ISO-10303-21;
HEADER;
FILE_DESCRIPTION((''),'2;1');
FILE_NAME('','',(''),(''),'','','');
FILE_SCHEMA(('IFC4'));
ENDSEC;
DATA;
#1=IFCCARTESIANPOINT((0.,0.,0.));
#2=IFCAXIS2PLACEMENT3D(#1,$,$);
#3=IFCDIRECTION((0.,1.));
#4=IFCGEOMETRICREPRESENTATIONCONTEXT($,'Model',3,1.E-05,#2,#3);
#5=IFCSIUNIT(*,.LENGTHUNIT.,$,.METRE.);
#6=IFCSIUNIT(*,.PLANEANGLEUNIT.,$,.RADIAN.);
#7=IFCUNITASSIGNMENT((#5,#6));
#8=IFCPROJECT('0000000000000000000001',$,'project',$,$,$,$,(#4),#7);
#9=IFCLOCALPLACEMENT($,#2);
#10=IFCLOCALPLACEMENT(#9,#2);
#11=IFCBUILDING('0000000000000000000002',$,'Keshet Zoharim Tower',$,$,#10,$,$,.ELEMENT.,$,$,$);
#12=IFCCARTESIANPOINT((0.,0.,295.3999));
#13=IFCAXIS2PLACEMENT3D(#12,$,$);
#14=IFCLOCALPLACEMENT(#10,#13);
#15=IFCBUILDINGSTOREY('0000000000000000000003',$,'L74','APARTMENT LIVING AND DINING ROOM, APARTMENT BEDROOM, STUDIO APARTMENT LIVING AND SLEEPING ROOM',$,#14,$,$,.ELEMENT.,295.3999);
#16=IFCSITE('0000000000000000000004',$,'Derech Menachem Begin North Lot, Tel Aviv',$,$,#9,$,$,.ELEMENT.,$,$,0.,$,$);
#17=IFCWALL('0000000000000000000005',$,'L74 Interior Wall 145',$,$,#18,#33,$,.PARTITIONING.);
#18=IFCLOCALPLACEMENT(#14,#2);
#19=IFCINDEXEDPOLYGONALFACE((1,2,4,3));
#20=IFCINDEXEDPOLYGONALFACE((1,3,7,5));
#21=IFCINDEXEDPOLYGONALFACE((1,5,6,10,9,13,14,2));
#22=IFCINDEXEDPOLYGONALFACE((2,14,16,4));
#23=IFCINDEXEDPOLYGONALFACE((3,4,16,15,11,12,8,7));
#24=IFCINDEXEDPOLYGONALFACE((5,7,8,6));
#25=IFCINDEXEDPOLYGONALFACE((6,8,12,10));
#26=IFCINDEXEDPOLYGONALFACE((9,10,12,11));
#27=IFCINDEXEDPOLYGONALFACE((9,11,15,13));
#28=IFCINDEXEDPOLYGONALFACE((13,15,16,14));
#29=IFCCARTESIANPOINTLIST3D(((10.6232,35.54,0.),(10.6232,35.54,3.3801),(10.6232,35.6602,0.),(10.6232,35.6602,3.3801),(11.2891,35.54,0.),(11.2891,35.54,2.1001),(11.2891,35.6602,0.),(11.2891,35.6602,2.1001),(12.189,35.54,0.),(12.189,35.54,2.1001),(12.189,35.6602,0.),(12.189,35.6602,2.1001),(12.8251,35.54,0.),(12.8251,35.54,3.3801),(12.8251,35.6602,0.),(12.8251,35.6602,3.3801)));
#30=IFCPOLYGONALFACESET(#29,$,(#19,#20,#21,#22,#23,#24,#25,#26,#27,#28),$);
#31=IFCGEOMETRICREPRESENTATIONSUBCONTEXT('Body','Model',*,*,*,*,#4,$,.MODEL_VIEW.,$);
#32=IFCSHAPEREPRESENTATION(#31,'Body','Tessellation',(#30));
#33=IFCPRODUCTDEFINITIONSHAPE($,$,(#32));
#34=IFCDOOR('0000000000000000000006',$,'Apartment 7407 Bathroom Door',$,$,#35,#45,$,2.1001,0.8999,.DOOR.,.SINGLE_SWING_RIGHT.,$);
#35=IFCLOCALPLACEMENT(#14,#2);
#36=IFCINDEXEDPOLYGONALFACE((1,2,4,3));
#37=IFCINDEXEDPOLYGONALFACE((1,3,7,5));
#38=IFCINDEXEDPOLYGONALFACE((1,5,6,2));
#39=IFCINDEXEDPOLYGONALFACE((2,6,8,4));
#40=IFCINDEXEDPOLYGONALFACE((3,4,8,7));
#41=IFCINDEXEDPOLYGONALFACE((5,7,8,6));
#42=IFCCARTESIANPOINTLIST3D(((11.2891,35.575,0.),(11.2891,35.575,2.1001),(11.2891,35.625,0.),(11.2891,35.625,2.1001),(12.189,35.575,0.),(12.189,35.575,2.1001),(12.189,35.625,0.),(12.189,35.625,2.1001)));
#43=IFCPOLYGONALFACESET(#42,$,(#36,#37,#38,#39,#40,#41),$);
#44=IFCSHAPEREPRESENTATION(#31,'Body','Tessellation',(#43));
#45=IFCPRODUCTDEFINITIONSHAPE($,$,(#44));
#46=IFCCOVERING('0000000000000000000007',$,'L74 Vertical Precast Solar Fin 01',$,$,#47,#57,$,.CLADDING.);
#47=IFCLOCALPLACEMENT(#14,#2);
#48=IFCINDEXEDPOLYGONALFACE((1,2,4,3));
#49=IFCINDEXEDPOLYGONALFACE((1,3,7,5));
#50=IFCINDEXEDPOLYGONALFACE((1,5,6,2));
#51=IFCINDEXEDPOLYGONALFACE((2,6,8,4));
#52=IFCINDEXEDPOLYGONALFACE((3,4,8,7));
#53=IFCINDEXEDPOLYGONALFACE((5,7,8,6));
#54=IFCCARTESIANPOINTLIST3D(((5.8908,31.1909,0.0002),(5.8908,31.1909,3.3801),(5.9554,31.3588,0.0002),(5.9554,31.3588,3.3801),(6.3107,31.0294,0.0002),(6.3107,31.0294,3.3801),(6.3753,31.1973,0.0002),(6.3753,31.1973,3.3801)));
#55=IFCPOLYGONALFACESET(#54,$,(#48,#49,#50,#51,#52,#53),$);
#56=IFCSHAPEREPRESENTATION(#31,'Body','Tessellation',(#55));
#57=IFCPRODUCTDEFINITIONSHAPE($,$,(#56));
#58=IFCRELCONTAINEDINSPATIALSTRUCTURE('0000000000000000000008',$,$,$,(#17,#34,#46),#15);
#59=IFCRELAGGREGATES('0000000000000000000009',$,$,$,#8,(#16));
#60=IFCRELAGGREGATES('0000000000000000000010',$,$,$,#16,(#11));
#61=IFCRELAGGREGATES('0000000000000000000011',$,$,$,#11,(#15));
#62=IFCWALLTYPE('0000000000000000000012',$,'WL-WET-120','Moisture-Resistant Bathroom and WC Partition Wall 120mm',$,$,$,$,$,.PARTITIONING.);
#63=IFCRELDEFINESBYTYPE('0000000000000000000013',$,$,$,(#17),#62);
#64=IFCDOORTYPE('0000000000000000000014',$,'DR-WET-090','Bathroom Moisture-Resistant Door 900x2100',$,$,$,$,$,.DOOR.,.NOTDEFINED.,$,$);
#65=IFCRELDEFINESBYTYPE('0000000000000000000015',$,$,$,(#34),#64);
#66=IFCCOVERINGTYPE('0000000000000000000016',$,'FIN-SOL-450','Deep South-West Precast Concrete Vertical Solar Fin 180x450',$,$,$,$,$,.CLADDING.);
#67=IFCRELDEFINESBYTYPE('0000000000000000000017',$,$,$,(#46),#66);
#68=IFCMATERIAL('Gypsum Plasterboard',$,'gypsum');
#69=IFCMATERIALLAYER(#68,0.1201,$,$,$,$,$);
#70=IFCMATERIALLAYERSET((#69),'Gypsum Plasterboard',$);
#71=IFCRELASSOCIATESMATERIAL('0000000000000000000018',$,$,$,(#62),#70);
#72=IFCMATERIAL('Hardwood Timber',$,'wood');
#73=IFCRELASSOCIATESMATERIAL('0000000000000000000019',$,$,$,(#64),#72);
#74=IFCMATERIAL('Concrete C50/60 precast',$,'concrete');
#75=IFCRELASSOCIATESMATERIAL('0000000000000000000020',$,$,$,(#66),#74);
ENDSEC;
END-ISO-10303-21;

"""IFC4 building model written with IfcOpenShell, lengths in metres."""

from ifc_helpers import new_model, si_unit, direction, frame, frame_2d, origin, origin_2d, place, context, subcontext, project, spatial, rectangle, extrude, material, layer, layer_set, type_object, element, fill, save


model = new_model("IFC4")

# Units and contexts
model_context = context("Model", 3, precision=1e-05, world=origin(), true_north=direction((0.0, 1.0)))
body_context = subcontext(model_context, "Body", "Model", "MODEL_VIEW")
ifc_project = project(units=[si_unit("LENGTHUNIT", "METRE"), si_unit("PLANEANGLEUNIT", "RADIAN")], contexts=[model_context])

# Site, building, storey
site_placement = place(None, origin())
site = spatial("IfcSite", under=ifc_project, at=site_placement, Name="Derech Menachem Begin North Lot, Tel Aviv", CompositionType="ELEMENT", RefElevation=0.0)
building_placement = place(site_placement, origin())
building = spatial("IfcBuilding", under=site, at=building_placement, Name="Keshet Zoharim Tower", CompositionType="ELEMENT")
storey_placement = place(building_placement, frame((0.0, 0.0, 295.3999)))
storey = spatial("IfcBuildingStorey", under=building, at=storey_placement, Name="L74", Description="APARTMENT LIVING AND DINING ROOM, APARTMENT BEDROOM, STUDIO APARTMENT LIVING AND SLEEPING ROOM", CompositionType="ELEMENT", Elevation=295.3999)

# Shared definitions
ifc_material_1 = material(Name="Hardwood Timber", Category="wood")

# Shared definitions
ifc_material_2 = material(Name="Gypsum Plasterboard", Category="gypsum")

# Shared definitions
ifc_layer_1 = layer(ifc_material_2, 0.1201)
ifc_layer_set_1 = layer_set([ifc_layer_1], Name="Gypsum Plasterboard")
wall_type_1 = type_object("IfcWallType", Name="WL-WET-120", Description="Moisture-Resistant Bathroom and WC Partition Wall 120mm", PredefinedType="PARTITIONING", material=ifc_layer_set_1)

# Wall, opening, door
wall_1_placement = place(storey_placement, frame((10.623, 35.6001, 0.0), z_axis=(0.0, 0.0, 1.0), x_axis=(1.0, 0.0, 0.0)))
wall_1 = element("IfcWall", 1, at=wall_1_placement, inside=storey, type_object=wall_type_1, Name="L74 Interior Wall 145", PredefinedType="PARTITIONING", context=body_context, shape_type="SweptSolid", body=[
    extrude(rectangle(XDim=2.2019, YDim=0.1201, at=frame_2d((1.1011, 0.0))), origin(), (0.0, 0.0, 1.0), 3.3801),
])
opening_1_placement = place(wall_1_placement, frame((0.666, 0.0, 0.0)))
opening_1 = element("IfcOpeningElement", 2, at=opening_1_placement, cuts=wall_1, PredefinedType="OPENING", context=body_context, shape_type="SweptSolid", body=[
    extrude(rectangle(XDim=0.8999, YDim=2.1001, at=frame_2d((0.45, 1.05))), frame((0.0, 0.0701, 0.0), z_axis=(0.0, -1.0, 0.0), x_axis=(1.0, 0.0, 0.0)), (0.0, 0.0, 1.0), 0.1401),
])
door_type_1 = type_object("IfcDoorType", Name="DR-WET-090", Description="Bathroom Moisture-Resistant Door 900x2100", OperationType="NOTDEFINED", PredefinedType="DOOR", material=ifc_material_1)
door_1_placement = place(opening_1_placement, origin())
door_1 = element("IfcDoor", 3, at=door_1_placement, inside=storey, type_object=door_type_1, Name="Apartment 7407 Bathroom Door", OperationType="SINGLE_SWING_RIGHT", OverallHeight=2.1001, OverallWidth=0.8999, PredefinedType="DOOR", context=body_context, shape_type="SweptSolid", body=[
    extrude(rectangle(XDim=0.8999, YDim=2.1001, at=frame_2d((0.45, 1.05))), frame((0.0, 0.0249, 0.0), z_axis=(0.0, -1.0, 0.0), x_axis=(1.0, 0.0, 0.0)), (0.0, 0.0, 1.0), 0.05),
])
fill(opening_1, door_1)

# Covering
ifc_material_3 = material(Name="Concrete C50/60 precast", Category="concrete")
covering_type = type_object("IfcCoveringType", Name="FIN-SOL-450", Description="Deep South-West Precast Concrete Vertical Solar Fin 180x450", PredefinedType="CLADDING", material=ifc_material_3)
covering_placement = place(storey_placement, frame((6.1331, 31.1941, 0.0002), z_axis=(0.0, 0.0, 1.0), x_axis=(0.35899, 0.933341, 0.0)))
element("IfcCovering", 4, at=covering_placement, inside=storey, type_object=covering_type, Name="L74 Vertical Precast Solar Fin 01", PredefinedType="CLADDING", context=body_context, shape_type="SweptSolid", body=[
    extrude(rectangle(XDim=0.1799, YDim=0.45, at=origin_2d()), origin(), (0.0, 0.0, 1.0), 3.3799),
])

save(model, "model.ifc")
